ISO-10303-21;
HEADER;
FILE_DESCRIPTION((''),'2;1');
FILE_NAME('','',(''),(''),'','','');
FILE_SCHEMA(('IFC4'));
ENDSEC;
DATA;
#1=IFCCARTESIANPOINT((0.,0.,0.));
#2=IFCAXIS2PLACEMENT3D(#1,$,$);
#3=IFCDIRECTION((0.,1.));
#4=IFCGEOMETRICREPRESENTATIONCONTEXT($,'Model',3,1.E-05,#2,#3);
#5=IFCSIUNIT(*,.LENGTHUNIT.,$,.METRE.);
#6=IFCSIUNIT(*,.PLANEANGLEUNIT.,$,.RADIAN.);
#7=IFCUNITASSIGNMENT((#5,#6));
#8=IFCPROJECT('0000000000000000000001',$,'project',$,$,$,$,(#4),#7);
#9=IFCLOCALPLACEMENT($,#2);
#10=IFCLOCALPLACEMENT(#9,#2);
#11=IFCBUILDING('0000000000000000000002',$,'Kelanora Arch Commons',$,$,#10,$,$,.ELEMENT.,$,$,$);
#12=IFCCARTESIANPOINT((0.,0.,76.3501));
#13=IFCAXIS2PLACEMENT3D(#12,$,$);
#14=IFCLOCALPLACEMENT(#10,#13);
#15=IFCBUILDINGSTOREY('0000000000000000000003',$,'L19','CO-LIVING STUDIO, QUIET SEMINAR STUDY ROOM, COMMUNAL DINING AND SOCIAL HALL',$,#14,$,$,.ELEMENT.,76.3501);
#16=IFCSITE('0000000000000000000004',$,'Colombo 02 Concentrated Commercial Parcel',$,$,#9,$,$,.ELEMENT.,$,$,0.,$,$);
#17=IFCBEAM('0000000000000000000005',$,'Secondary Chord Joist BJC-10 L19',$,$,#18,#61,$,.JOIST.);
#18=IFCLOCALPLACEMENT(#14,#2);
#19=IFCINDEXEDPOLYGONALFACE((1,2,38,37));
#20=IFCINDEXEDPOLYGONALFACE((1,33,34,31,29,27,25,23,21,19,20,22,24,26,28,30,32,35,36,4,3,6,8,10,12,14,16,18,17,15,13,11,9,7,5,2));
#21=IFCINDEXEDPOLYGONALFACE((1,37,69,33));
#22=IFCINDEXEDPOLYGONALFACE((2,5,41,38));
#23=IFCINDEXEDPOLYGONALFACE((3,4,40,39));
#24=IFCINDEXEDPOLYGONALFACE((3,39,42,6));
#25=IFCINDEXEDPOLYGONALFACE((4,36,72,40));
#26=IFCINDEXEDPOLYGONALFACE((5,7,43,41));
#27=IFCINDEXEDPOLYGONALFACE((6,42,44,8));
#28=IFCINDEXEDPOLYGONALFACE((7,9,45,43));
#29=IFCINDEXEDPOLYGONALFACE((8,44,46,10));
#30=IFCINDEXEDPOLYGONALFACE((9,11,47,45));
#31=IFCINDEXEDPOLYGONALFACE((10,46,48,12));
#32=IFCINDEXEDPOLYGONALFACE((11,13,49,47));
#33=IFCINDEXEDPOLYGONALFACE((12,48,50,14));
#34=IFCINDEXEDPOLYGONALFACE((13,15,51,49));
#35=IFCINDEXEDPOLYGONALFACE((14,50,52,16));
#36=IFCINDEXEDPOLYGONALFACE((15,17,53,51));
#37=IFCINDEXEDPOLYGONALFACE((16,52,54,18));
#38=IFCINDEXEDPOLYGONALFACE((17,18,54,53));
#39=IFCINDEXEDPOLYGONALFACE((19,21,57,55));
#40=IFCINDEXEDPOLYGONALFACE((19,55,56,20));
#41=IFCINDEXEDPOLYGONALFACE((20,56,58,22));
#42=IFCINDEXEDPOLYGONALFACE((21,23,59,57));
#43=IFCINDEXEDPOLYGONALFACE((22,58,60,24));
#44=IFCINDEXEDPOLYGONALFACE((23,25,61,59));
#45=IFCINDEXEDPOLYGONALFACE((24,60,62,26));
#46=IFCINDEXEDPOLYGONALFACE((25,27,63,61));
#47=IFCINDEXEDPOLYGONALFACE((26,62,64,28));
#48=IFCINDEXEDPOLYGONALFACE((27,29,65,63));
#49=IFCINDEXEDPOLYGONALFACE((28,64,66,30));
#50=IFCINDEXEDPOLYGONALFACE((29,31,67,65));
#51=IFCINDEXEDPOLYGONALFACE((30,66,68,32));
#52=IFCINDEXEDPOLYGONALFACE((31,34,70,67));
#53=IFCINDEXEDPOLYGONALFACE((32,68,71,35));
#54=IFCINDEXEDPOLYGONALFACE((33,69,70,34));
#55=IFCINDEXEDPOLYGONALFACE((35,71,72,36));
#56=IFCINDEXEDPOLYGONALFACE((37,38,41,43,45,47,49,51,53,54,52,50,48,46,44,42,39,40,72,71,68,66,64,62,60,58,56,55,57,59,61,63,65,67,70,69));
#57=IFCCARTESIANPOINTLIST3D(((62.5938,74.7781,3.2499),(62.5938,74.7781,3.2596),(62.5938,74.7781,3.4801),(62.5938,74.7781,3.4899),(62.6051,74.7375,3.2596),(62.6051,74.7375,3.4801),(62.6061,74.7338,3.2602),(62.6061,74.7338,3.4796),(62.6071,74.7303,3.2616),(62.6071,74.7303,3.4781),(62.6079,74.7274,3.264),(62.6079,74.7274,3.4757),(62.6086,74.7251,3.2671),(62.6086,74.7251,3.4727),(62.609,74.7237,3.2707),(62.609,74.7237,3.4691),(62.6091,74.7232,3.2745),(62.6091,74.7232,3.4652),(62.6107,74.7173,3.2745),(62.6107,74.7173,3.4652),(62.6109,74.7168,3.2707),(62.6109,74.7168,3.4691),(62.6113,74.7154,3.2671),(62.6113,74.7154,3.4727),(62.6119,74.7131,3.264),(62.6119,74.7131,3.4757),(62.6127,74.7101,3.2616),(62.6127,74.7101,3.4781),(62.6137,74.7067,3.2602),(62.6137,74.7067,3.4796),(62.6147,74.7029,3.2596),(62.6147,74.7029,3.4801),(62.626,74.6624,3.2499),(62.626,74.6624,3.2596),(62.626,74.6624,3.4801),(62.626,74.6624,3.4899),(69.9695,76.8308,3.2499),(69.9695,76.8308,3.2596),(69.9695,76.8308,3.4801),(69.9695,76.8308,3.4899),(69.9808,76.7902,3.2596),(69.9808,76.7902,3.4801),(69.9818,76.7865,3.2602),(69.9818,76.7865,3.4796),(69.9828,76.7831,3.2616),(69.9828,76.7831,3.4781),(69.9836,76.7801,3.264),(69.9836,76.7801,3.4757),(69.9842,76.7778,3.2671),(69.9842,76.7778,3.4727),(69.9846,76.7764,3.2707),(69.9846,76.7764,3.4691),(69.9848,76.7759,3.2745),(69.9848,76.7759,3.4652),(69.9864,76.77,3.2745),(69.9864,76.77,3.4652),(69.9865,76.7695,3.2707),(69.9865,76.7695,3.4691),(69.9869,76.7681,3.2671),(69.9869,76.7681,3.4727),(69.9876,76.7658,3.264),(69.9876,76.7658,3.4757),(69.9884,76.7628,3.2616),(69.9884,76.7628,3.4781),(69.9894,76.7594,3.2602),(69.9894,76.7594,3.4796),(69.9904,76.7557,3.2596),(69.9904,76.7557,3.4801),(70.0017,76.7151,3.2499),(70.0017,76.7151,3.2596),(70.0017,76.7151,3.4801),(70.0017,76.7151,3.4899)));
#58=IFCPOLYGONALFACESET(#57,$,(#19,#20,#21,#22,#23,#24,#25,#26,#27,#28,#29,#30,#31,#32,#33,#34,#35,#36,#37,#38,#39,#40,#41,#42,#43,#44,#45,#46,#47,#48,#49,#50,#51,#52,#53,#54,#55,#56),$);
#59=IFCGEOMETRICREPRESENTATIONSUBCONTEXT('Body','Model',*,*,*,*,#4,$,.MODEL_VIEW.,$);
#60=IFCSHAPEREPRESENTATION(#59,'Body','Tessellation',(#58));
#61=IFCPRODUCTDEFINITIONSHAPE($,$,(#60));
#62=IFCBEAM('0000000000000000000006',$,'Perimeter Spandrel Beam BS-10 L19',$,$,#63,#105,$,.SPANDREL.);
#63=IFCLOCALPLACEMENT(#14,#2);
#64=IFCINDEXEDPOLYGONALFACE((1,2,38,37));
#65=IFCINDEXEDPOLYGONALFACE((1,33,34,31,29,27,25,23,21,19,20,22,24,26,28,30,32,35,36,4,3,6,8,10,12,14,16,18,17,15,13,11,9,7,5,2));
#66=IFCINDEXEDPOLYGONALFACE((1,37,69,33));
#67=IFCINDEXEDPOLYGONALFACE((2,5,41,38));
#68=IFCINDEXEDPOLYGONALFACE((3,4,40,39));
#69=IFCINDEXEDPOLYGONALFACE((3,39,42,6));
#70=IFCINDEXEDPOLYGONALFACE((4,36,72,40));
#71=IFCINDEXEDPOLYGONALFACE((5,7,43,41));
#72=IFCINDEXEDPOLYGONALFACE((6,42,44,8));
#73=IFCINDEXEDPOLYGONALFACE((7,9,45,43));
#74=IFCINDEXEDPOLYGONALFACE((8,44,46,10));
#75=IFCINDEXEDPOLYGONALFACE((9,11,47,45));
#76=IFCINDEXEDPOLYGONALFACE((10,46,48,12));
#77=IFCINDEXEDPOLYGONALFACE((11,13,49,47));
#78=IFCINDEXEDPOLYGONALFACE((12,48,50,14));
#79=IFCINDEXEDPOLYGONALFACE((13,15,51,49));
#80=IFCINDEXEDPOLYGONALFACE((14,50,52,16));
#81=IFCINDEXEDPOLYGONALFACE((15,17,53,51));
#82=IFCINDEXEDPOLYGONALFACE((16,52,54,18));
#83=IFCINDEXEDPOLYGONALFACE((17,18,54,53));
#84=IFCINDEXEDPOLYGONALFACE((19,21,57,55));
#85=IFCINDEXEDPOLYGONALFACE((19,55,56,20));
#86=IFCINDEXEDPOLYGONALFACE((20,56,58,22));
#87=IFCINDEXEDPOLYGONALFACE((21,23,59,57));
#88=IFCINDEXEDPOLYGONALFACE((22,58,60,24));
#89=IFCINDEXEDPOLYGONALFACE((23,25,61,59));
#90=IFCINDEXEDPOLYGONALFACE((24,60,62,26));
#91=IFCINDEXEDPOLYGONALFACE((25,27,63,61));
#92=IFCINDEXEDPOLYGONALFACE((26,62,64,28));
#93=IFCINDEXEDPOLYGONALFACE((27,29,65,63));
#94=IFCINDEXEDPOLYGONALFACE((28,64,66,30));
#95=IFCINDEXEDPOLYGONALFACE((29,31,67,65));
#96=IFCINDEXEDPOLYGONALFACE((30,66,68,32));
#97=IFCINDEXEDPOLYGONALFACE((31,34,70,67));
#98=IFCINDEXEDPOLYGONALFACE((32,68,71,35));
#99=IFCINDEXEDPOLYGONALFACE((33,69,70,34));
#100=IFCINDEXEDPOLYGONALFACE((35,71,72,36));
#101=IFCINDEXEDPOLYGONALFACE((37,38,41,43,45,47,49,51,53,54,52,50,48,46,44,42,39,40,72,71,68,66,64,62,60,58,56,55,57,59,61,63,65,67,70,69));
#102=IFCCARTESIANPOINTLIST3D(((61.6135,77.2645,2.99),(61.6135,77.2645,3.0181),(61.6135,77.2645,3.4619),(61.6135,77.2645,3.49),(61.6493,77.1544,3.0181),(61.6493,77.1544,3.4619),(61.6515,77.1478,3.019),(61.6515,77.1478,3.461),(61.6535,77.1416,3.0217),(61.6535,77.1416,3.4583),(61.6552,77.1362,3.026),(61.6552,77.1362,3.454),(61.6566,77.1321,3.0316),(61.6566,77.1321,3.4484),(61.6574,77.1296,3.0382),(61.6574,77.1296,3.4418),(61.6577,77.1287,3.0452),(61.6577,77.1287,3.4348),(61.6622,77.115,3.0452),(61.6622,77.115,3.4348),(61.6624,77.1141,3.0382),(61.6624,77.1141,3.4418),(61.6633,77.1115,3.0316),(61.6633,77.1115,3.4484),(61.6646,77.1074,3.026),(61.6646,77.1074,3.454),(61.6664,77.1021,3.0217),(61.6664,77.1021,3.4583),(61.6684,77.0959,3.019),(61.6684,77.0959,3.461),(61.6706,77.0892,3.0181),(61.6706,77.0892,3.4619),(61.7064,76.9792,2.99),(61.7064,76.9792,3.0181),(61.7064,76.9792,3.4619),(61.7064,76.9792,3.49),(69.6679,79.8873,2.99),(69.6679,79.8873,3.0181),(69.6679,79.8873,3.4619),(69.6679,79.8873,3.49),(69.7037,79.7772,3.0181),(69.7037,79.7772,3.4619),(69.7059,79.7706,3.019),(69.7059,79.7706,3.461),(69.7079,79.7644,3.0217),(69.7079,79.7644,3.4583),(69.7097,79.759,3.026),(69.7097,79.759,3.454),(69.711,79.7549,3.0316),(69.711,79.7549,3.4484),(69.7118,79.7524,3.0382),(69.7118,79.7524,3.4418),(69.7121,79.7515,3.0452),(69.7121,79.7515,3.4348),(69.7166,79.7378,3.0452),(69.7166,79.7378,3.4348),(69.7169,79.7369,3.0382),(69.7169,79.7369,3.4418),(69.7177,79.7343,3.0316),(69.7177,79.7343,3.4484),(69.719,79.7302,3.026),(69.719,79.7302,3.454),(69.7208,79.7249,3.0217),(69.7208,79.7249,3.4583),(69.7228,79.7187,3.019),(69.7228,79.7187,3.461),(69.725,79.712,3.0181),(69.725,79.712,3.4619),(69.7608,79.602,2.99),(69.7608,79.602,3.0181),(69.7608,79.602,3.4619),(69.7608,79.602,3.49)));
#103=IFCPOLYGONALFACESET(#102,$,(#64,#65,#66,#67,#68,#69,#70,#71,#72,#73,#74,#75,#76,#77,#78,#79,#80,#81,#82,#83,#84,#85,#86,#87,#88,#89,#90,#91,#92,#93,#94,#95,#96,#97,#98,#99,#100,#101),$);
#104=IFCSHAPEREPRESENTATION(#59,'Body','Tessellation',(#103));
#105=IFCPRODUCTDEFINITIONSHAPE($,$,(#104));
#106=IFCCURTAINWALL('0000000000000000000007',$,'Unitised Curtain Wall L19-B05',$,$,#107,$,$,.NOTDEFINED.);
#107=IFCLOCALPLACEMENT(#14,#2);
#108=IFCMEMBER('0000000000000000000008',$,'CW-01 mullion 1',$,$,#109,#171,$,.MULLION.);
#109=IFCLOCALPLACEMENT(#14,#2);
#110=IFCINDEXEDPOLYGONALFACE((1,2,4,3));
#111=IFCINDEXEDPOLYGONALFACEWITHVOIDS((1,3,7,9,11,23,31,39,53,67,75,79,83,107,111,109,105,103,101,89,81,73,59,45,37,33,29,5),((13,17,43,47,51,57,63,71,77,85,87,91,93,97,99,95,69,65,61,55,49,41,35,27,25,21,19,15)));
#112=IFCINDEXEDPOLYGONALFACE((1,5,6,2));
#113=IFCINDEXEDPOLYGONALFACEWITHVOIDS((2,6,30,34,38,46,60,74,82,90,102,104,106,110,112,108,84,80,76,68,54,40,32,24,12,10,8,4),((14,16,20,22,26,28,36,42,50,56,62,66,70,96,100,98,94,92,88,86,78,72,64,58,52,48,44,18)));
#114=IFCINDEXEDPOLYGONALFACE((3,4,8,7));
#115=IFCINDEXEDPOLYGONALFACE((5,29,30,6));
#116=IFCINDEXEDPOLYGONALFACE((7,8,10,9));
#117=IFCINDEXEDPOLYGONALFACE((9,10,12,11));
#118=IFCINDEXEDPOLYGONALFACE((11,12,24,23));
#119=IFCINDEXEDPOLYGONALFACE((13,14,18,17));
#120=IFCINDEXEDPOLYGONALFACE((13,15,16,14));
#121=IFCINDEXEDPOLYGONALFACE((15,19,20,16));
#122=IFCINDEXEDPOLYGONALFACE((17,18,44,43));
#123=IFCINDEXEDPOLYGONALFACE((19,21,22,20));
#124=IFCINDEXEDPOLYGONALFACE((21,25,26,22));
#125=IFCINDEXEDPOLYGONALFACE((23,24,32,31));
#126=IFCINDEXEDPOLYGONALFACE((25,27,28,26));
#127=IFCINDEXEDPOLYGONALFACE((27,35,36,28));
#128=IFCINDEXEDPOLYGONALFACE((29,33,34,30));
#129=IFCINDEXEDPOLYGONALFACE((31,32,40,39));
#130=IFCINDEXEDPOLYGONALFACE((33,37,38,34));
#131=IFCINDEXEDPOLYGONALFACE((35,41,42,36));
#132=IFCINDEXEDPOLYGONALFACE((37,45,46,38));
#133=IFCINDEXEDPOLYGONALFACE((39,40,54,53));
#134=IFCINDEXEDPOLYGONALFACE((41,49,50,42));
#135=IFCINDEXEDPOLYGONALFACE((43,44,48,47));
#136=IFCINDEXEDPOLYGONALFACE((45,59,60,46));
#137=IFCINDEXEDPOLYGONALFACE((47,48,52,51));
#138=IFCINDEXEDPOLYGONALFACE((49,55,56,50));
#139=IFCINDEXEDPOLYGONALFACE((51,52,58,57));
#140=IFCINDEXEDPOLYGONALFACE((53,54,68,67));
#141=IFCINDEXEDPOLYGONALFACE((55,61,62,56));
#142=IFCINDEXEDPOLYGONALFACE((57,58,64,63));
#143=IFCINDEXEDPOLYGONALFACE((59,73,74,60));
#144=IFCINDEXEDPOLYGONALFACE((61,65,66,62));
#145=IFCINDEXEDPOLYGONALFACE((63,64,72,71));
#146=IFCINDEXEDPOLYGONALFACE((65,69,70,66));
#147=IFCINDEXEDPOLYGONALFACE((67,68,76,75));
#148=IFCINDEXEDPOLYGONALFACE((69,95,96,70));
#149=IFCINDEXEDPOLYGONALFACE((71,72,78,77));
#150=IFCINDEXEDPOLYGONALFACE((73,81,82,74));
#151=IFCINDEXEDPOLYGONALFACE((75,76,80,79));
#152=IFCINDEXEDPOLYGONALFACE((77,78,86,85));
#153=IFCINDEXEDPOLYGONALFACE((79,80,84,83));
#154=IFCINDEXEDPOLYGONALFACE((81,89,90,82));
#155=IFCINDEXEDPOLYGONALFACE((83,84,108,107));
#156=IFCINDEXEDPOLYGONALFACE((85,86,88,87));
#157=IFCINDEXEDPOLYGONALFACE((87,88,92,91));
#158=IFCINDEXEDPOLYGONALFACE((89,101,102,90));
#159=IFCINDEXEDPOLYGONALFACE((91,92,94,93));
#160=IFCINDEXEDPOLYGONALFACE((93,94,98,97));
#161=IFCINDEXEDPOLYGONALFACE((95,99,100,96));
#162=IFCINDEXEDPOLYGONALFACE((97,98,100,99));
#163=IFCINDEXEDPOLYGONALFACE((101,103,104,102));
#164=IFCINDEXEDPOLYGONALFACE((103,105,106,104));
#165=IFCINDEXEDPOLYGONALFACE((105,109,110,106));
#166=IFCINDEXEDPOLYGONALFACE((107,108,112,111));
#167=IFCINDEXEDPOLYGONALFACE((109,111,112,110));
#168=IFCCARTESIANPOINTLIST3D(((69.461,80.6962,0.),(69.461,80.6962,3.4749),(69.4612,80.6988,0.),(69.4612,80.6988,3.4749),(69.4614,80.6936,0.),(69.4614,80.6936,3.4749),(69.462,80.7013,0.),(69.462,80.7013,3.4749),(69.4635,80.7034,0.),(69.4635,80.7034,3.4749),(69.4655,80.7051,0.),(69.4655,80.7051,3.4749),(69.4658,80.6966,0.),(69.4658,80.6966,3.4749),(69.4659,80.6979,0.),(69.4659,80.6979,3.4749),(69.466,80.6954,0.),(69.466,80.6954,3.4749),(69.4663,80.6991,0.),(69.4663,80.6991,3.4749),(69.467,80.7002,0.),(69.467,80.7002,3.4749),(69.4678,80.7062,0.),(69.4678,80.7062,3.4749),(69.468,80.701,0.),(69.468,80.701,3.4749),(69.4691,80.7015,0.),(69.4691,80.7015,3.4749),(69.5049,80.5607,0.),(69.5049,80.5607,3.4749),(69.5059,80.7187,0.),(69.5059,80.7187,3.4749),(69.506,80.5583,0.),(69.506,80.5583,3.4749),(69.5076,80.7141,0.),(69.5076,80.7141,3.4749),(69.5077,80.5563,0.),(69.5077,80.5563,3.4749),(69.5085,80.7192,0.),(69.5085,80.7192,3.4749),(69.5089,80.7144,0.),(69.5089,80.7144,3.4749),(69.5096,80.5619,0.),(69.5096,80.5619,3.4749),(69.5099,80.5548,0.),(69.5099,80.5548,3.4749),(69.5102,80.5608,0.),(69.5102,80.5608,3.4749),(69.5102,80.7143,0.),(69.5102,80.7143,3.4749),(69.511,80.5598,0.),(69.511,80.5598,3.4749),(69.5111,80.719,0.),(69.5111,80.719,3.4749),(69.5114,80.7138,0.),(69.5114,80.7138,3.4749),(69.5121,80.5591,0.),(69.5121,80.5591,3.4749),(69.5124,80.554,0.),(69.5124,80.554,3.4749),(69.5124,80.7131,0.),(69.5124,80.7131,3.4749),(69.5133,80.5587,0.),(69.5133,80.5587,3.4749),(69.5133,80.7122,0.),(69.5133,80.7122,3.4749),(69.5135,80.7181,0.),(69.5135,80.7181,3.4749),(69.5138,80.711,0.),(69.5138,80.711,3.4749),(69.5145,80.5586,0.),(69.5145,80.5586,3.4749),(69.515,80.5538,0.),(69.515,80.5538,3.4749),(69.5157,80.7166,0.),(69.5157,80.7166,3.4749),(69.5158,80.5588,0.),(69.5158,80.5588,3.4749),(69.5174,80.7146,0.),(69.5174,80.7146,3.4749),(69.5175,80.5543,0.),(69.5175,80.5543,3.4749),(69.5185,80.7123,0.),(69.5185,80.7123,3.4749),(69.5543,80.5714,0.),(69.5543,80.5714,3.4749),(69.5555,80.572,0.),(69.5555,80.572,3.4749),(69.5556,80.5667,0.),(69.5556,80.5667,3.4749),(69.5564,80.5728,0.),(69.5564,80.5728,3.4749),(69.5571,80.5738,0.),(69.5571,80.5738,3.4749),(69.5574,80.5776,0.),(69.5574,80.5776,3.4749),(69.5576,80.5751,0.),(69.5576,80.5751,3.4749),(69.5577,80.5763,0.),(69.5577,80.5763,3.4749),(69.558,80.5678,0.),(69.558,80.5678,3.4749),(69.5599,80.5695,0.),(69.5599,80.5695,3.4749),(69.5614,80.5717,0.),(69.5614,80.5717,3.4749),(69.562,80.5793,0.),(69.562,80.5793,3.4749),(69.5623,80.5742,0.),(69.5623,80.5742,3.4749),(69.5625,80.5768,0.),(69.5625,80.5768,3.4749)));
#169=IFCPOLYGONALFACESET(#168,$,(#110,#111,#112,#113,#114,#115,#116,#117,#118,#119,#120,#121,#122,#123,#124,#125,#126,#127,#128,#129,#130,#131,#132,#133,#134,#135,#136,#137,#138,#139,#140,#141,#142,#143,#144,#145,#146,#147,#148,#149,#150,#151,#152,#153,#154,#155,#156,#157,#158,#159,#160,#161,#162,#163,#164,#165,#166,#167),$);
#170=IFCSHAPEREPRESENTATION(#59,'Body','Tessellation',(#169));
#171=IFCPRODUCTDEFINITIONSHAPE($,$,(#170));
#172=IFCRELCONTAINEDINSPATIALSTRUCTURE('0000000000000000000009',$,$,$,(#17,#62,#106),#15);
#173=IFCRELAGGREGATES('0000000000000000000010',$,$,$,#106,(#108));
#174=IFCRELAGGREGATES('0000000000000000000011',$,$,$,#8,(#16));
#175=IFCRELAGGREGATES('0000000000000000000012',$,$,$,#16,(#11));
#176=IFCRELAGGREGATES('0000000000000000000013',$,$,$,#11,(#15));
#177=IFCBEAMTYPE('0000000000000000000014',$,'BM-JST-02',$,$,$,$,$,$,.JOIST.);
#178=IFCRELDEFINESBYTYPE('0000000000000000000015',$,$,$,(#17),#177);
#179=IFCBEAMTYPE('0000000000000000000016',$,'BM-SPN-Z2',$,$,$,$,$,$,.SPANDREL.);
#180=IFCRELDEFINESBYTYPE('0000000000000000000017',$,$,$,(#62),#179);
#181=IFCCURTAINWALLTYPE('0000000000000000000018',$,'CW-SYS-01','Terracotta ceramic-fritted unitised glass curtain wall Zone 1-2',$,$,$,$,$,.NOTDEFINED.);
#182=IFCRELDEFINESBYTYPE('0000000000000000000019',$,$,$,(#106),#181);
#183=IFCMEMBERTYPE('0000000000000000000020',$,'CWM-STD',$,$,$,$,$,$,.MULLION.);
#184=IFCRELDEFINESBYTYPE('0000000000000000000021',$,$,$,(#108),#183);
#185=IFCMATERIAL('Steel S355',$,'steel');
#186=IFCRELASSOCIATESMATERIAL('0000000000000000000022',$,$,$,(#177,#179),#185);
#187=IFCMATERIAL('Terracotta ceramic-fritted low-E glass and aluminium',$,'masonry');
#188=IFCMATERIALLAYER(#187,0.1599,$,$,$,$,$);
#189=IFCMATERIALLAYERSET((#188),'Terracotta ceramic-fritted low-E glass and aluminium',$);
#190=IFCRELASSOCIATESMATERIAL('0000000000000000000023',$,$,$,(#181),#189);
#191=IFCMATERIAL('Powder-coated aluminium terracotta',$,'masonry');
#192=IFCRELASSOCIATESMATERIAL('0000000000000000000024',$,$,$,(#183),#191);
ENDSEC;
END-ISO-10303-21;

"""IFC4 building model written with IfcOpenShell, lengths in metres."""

from ifc_helpers import new_model, si_unit, direction, frame, origin, origin_2d, place, context, subcontext, project, spatial, hollow_rectangle, i_section, extrude, material, layer, layer_set, material_profile, profile_set, type_object, element, aggregate, save


model = new_model("IFC4")

# Units and contexts
model_context = context("Model", 3, precision=1e-05, world=origin(), true_north=direction((0.0, 1.0)))
body_context = subcontext(model_context, "Body", "Model", "MODEL_VIEW")
ifc_project = project(units=[si_unit("LENGTHUNIT", "METRE"), si_unit("PLANEANGLEUNIT", "RADIAN")], contexts=[model_context])

# Site, building, storey
site_placement = place(None, origin())
site = spatial("IfcSite", under=ifc_project, at=site_placement, Name="Colombo 02 Concentrated Commercial Parcel", CompositionType="ELEMENT", RefElevation=0.0)
building_placement = place(site_placement, origin())
building = spatial("IfcBuilding", under=site, at=building_placement, Name="Kelanora Arch Commons", CompositionType="ELEMENT")
storey_placement = place(building_placement, frame((0.0, 0.0, 76.3501)))
storey = spatial("IfcBuildingStorey", under=building, at=storey_placement, Name="L19", Description="CO-LIVING STUDIO, QUIET SEMINAR STUDY ROOM, COMMUNAL DINING AND SOCIAL HALL", CompositionType="ELEMENT", Elevation=76.3501)

# Beams
ifc_material_1 = material(Name="Steel S355", Category="steel")
ifc_material_profile_1 = material_profile(ifc_material_1, i_section(OverallWidth=0.1201, OverallDepth=0.24, WebThickness=0.0061, FlangeThickness=0.0098, FilletRadius=0.0149, at=origin_2d()), Name="IPE240")
ifc_profile_set_1 = profile_set([ifc_material_profile_1], Name="Steel S355")
beam_type_1 = type_object("IfcBeamType", Name="BM-JST-02", PredefinedType="JOIST", material=ifc_profile_set_1)
beam_1_placement = place(storey_placement, frame((69.9856, 76.7729, 3.3699), z_axis=(-0.963386, -0.268119, 0.0), x_axis=(0.268119, -0.963386, 0.0)))
element("IfcBeam", 1, at=beam_1_placement, inside=storey, type_object=beam_type_1, Name="Secondary Chord Joist BJC-10 L19", PredefinedType="JOIST", context=body_context, shape_type="SweptSolid", body=[
    extrude(i_section(OverallWidth=0.1201, OverallDepth=0.24, WebThickness=0.0061, FlangeThickness=0.0098, FilletRadius=0.0149, at=origin_2d()), origin(), (0.0, 0.0, 1.0), 7.656),
])
ifc_material_profile_2 = material_profile(ifc_material_1, i_section(OverallWidth=0.3, OverallDepth=0.5, WebThickness=0.0144, FlangeThickness=0.0281, FilletRadius=0.0271, at=origin_2d()), Name="HEB500")
ifc_profile_set_2 = profile_set([ifc_material_profile_2], Name="Steel S355")
beam_type_2 = type_object("IfcBeamType", Name="BM-SPN-Z2", PredefinedType="SPANDREL", material=ifc_profile_set_2)
beam_2_placement = place(storey_placement, frame((69.7144, 79.7446, 3.24), z_axis=(-0.950857, -0.309631, 0.0), x_axis=(0.309631, -0.950857, 0.0)))
element("IfcBeam", 2, at=beam_2_placement, inside=storey, type_object=beam_type_2, Name="Perimeter Spandrel Beam BS-10 L19", PredefinedType="SPANDREL", context=body_context, shape_type="SweptSolid", body=[
    extrude(i_section(OverallWidth=0.3, OverallDepth=0.5, WebThickness=0.0144, FlangeThickness=0.0281, FilletRadius=0.0271, at=origin_2d()), origin(), (0.0, 0.0, 1.0), 8.4707),
])

# Curtain wall, member
ifc_material_2 = material(Name="Terracotta ceramic-fritted low-E glass and aluminium", Category="masonry")
ifc_layer_1 = layer(ifc_material_2, 0.1599)
ifc_layer_set_1 = layer_set([ifc_layer_1], Name="Terracotta ceramic-fritted low-E glass and aluminium")
curtain_wall_type = type_object("IfcCurtainWallType", Name="CW-SYS-01", Description="Terracotta ceramic-fritted unitised glass curtain wall Zone 1-2", PredefinedType="NOTDEFINED", material=ifc_layer_set_1)
curtain_wall_placement = place(storey_placement, origin())
curtain_wall = element("IfcCurtainWall", 3, at=curtain_wall_placement, inside=storey, type_object=curtain_wall_type, Name="Unitised Curtain Wall L19-B05", PredefinedType="NOTDEFINED")
ifc_material_3 = material(Name="Powder-coated aluminium terracotta", Category="masonry")
ifc_material_profile_3 = material_profile(ifc_material_3, hollow_rectangle(XDim=0.1599, YDim=0.0601, WallThickness=0.0049, InnerFilletRadius=0.0049, OuterFilletRadius=0.01, at=origin_2d()), Name="CWM160x60")
ifc_profile_set_3 = profile_set([ifc_material_profile_3], Name="Powder-coated aluminium terracotta")
member_type_1 = type_object("IfcMemberType", Name="CWM-STD", PredefinedType="MULLION", material=ifc_profile_set_3)
member_1_placement = place(storey_placement, frame((69.5117, 80.6365, 0.0), z_axis=(0.0, 0.0, 1.0), x_axis=(0.310805, -0.950474, 0.0)))
member_1 = element("IfcMember", 4, at=member_1_placement, type_object=member_type_1, Name="CW-01 mullion 1", PredefinedType="MULLION", context=body_context, shape_type="SweptSolid", body=[
    extrude(hollow_rectangle(XDim=0.1599, YDim=0.0601, WallThickness=0.0049, InnerFilletRadius=0.0049, OuterFilletRadius=0.01, at=origin_2d()), origin(), (0.0, 0.0, 1.0), 3.4749),
])
aggregate(curtain_wall, [member_1])

save(model, "model.ifc")
